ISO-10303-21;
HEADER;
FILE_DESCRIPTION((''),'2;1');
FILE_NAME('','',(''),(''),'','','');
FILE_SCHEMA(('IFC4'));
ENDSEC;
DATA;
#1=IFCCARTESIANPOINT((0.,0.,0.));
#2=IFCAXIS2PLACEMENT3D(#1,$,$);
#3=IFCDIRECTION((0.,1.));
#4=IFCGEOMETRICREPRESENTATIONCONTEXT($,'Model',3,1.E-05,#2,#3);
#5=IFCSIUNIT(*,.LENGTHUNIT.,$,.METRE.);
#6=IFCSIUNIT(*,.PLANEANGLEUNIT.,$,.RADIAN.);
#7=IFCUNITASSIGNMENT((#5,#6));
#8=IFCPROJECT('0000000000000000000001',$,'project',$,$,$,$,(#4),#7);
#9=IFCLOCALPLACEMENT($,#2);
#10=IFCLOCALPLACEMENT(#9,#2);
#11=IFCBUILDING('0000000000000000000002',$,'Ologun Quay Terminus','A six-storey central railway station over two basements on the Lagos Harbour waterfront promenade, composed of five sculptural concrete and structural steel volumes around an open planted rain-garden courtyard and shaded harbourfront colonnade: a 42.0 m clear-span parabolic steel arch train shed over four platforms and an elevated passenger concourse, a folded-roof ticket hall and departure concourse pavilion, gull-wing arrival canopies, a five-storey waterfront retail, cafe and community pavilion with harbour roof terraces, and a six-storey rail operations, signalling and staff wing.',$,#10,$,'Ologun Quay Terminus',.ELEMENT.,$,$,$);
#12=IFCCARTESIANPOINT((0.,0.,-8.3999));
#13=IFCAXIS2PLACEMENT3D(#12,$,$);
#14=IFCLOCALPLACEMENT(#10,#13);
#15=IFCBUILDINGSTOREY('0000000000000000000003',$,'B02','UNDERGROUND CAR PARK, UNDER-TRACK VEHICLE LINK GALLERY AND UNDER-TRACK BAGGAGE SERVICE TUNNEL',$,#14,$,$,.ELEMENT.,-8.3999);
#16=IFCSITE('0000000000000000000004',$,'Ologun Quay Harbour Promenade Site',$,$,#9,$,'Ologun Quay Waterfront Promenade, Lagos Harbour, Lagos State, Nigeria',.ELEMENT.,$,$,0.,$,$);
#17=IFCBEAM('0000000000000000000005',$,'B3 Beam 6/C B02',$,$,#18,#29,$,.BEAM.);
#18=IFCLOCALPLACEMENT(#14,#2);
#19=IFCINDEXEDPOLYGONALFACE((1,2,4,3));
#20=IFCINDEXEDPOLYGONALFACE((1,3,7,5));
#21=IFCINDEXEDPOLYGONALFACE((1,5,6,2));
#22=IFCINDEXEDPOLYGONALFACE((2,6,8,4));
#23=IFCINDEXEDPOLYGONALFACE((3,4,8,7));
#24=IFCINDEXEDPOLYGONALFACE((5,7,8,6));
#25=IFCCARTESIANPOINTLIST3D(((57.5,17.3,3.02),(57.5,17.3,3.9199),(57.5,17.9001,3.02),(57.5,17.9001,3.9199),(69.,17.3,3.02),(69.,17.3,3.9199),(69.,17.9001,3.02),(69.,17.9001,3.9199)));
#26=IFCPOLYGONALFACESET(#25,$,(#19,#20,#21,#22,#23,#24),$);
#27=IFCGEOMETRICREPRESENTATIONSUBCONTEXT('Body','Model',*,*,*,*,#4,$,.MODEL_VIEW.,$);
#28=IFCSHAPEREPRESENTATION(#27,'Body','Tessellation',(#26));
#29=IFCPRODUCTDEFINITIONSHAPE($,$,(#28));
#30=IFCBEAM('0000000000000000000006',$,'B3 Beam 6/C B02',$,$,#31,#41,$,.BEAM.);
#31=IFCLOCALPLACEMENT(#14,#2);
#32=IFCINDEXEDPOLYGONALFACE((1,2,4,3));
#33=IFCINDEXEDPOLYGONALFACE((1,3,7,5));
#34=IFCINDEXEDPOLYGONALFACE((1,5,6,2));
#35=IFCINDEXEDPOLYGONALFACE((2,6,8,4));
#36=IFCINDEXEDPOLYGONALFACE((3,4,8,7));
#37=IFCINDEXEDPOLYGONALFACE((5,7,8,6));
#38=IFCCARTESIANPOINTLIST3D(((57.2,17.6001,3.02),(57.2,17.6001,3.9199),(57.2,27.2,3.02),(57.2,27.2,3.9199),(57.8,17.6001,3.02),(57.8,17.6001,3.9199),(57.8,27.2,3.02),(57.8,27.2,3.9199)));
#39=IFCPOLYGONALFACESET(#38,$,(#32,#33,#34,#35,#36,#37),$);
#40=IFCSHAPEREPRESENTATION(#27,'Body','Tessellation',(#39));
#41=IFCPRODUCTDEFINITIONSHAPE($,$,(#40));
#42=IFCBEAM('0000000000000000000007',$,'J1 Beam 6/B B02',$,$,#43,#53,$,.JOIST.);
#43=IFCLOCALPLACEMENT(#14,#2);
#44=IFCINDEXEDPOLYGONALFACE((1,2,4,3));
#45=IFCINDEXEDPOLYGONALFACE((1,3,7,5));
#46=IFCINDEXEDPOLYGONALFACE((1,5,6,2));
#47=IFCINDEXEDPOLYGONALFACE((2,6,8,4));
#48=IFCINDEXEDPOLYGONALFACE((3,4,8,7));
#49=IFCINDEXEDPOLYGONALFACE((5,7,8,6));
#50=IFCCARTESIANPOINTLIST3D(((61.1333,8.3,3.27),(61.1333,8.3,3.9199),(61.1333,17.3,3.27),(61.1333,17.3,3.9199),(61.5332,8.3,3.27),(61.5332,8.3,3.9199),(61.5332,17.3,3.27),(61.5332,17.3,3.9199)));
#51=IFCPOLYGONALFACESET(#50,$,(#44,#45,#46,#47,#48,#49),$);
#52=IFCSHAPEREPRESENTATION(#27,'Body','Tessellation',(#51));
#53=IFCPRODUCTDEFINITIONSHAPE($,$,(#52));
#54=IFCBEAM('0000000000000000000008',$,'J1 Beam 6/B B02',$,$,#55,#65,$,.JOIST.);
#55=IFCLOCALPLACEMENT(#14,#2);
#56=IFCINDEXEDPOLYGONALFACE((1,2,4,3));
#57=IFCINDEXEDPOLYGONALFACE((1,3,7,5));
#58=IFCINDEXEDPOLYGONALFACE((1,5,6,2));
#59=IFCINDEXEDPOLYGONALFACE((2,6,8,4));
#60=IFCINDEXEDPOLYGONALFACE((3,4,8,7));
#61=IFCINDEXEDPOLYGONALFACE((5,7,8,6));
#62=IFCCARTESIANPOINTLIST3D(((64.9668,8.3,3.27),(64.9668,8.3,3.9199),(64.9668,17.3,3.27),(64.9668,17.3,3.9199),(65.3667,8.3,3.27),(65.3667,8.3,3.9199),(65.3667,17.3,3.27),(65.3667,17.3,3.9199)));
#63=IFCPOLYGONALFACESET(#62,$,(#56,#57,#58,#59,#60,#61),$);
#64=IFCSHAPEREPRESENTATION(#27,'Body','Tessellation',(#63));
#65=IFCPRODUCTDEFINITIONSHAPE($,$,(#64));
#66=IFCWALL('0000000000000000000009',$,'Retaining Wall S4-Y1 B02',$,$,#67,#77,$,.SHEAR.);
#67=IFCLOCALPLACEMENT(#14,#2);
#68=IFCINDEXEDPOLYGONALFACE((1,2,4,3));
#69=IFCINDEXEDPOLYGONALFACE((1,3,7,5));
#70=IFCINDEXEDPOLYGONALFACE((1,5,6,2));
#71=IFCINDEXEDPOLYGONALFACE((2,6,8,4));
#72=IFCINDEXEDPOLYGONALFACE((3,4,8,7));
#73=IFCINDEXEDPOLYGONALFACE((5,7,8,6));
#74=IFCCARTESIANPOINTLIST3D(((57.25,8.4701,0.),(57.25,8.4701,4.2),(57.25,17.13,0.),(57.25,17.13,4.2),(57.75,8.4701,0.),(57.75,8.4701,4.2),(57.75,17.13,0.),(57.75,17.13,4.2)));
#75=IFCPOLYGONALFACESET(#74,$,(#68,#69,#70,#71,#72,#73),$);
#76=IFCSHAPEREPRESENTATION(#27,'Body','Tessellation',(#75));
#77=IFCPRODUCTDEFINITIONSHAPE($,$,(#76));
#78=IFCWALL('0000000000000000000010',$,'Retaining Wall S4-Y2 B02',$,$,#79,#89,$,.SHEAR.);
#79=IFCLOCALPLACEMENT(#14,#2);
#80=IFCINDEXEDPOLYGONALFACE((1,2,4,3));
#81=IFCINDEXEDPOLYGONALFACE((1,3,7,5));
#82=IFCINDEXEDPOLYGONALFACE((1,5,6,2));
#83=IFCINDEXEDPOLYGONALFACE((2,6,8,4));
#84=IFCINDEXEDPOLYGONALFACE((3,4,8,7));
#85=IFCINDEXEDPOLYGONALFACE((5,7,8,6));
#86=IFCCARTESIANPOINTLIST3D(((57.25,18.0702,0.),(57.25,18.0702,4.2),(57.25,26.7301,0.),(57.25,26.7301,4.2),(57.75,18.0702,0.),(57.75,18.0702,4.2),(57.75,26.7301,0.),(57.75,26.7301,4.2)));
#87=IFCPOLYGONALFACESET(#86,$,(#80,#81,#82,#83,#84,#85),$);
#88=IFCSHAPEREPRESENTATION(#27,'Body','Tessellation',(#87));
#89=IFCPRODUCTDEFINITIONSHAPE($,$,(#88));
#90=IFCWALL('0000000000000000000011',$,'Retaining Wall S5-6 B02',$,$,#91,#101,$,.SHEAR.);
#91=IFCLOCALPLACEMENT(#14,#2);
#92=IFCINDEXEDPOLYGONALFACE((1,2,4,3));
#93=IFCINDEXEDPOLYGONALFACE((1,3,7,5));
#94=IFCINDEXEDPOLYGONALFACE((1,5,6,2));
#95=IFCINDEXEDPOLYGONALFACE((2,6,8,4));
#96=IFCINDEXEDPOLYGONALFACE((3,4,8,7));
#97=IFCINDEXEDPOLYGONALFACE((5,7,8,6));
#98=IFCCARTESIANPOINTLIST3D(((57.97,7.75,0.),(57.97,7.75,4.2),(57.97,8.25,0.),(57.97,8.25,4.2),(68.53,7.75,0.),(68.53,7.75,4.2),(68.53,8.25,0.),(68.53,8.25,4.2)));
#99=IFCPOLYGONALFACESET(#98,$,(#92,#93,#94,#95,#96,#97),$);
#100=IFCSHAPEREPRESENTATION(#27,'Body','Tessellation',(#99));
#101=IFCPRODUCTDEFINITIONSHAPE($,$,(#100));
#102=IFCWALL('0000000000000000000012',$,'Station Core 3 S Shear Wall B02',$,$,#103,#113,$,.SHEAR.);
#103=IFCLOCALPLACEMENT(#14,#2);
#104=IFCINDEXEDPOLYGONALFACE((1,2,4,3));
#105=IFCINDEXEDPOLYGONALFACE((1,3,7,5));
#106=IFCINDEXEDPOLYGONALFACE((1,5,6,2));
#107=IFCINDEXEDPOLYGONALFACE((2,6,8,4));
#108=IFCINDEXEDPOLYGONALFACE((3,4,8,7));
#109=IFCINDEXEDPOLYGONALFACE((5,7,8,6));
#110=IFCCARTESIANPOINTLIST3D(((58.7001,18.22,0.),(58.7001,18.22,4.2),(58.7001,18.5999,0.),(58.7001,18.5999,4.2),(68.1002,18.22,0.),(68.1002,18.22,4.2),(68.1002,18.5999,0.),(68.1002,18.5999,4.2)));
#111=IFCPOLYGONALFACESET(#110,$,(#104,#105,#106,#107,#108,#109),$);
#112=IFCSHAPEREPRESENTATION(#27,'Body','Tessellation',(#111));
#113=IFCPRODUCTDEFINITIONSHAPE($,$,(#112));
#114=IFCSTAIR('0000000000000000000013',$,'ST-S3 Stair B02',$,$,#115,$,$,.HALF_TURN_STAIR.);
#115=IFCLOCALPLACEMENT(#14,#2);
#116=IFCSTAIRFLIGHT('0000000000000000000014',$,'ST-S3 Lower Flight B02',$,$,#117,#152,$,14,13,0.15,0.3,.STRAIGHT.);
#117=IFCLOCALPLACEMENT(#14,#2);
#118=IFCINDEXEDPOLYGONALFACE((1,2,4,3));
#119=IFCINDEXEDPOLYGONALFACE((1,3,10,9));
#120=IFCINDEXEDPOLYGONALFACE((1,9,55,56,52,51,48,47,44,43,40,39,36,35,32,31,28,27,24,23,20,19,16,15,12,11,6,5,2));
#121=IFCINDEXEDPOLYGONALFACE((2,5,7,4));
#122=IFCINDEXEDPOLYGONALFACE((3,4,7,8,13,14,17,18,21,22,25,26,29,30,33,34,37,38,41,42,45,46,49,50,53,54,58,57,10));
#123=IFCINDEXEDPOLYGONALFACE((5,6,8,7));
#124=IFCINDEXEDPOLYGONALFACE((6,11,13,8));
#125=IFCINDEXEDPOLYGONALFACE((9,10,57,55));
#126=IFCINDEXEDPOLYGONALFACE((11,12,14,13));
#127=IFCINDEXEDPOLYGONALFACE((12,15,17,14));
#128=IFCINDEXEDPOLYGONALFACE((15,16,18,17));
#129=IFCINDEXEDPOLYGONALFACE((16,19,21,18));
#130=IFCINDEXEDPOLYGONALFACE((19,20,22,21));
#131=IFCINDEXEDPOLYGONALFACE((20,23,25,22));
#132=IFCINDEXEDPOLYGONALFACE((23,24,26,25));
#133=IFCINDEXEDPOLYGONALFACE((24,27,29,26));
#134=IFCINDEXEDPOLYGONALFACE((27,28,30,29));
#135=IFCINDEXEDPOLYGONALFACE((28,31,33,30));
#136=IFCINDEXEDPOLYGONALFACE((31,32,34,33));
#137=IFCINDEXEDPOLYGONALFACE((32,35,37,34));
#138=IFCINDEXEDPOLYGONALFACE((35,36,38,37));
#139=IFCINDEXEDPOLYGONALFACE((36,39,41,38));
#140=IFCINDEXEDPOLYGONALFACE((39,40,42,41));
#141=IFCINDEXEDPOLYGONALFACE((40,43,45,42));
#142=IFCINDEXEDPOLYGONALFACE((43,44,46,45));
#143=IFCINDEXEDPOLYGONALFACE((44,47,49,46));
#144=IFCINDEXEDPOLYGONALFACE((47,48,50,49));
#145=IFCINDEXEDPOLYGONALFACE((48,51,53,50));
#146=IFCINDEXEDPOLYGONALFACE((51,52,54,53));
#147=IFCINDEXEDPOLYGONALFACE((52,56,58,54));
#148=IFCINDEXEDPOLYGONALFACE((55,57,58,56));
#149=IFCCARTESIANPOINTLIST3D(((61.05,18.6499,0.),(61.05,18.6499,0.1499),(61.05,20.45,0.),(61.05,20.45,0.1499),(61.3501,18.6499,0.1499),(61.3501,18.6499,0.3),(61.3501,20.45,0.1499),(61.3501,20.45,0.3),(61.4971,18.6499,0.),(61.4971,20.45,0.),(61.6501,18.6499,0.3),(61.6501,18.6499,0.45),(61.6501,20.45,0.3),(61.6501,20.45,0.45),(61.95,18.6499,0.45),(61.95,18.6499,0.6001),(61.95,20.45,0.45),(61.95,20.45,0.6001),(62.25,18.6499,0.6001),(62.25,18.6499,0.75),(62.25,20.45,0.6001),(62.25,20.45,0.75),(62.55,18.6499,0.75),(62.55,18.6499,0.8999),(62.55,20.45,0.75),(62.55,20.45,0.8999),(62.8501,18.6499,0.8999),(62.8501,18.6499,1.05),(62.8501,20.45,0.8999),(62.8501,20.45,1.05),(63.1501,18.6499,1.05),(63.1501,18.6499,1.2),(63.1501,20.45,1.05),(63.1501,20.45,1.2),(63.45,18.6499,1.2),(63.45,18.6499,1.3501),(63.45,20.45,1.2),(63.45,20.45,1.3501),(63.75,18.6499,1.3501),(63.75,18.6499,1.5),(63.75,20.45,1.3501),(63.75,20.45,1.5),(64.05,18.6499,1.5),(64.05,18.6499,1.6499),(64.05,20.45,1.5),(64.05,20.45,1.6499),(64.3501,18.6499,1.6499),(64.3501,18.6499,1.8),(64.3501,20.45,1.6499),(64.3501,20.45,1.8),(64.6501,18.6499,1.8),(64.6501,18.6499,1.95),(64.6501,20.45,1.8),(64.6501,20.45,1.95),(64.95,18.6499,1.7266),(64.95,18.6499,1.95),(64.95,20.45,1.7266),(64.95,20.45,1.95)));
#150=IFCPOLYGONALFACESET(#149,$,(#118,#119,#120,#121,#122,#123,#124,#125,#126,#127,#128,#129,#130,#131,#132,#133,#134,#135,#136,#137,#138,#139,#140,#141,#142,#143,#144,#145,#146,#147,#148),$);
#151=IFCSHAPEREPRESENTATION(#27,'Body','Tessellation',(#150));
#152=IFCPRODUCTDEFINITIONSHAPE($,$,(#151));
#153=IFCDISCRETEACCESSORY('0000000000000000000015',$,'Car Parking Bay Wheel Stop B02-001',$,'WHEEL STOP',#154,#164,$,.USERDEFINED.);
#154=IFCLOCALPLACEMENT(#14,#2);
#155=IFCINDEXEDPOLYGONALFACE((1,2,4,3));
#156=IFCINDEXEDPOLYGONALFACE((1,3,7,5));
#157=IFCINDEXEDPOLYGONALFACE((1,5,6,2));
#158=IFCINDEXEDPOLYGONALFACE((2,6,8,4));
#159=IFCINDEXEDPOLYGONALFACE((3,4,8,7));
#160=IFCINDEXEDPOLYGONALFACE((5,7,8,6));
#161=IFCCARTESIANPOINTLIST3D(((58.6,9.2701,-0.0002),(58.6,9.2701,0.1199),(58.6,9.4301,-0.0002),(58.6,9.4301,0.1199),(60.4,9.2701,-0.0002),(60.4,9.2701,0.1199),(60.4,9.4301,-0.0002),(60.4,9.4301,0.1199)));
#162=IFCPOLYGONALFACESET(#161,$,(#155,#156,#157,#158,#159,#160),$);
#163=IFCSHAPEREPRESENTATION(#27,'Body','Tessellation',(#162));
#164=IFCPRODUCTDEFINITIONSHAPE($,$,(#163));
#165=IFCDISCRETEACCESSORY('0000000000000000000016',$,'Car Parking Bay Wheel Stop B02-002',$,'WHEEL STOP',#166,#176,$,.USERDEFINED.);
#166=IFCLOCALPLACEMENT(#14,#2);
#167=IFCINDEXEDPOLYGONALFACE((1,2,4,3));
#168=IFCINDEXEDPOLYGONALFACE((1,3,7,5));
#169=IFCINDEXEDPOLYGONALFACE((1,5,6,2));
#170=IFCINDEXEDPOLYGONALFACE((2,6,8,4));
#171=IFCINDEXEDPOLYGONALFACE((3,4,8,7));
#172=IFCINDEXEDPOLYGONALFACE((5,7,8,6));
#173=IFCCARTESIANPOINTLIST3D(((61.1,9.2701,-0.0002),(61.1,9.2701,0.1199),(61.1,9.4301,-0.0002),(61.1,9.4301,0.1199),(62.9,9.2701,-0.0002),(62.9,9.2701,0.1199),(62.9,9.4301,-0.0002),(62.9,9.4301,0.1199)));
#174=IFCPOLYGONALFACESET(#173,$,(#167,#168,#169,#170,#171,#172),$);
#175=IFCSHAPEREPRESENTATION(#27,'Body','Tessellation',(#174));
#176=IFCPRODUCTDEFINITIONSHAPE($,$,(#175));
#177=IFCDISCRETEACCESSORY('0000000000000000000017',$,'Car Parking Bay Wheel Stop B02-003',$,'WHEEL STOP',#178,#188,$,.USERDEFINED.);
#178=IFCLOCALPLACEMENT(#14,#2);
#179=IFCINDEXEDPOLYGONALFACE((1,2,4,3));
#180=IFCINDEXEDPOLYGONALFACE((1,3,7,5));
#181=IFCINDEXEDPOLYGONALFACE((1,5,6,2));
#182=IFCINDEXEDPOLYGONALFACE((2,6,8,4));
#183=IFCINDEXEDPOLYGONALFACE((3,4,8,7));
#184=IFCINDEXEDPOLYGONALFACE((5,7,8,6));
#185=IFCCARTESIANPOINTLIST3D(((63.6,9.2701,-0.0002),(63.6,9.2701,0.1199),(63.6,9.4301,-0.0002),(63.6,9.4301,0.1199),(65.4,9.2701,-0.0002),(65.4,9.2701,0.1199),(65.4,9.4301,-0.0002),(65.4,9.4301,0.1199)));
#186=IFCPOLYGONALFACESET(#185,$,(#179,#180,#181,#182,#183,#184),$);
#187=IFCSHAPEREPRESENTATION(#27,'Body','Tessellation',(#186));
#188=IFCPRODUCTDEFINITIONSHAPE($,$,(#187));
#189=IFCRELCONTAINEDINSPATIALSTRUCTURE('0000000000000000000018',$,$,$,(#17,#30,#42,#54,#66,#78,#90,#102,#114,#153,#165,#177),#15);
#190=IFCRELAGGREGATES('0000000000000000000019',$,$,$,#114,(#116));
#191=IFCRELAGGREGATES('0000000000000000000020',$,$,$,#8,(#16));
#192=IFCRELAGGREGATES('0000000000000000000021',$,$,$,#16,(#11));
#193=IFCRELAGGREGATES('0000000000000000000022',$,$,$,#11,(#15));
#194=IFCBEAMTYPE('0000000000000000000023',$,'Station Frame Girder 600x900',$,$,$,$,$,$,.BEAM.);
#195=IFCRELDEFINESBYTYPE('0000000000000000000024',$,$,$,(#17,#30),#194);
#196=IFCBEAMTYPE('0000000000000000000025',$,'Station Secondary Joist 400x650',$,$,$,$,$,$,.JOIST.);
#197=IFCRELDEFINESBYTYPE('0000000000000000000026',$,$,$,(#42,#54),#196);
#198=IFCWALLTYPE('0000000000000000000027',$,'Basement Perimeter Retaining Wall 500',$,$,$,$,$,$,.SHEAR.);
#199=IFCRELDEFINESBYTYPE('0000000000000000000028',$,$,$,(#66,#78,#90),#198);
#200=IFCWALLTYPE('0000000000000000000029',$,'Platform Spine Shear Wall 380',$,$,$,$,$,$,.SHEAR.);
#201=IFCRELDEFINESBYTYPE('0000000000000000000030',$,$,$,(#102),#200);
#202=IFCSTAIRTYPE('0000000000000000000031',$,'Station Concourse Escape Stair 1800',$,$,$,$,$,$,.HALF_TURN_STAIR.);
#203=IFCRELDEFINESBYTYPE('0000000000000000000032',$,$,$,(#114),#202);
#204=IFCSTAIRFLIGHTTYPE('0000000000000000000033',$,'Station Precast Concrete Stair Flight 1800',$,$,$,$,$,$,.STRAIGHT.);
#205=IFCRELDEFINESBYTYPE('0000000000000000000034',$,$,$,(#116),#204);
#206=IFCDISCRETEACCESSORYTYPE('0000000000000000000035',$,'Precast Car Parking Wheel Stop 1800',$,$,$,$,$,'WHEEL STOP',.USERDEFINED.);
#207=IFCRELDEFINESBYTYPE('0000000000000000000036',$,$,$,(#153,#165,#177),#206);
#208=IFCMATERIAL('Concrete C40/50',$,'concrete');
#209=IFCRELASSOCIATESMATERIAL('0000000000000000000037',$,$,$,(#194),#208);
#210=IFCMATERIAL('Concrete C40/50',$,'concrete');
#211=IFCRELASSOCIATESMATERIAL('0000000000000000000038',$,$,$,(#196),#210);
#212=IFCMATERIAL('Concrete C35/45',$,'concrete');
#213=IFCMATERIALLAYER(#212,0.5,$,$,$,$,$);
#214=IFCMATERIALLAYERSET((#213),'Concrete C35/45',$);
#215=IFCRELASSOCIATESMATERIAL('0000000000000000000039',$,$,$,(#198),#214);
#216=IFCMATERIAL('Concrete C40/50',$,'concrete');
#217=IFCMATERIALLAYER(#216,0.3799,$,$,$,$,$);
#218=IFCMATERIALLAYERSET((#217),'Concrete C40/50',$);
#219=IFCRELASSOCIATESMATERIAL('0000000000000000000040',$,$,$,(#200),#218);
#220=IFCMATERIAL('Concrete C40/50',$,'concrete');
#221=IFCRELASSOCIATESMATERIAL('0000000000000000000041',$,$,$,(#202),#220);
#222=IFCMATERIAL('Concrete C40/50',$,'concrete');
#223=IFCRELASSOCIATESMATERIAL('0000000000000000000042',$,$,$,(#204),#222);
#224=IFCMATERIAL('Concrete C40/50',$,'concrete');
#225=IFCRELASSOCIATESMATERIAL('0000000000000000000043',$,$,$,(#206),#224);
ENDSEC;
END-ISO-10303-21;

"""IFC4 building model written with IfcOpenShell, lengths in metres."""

from ifc_helpers import new_model, si_unit, direction, frame, frame_2d, origin, origin_2d, place, context, subcontext, project, spatial, polyline, rectangle, outline, extrude, material, layer, layer_set, material_profile, profile_set, type_object, element, aggregate, save


model = new_model("IFC4")

# Units and contexts
model_context = context("Model", 3, precision=1e-05, world=origin(), true_north=direction((0.0, 1.0)))
body_context = subcontext(model_context, "Body", "Model", "MODEL_VIEW")
ifc_project = project(units=[si_unit("LENGTHUNIT", "METRE"), si_unit("PLANEANGLEUNIT", "RADIAN")], contexts=[model_context])

# Site, building, storey
site_placement = place(None, origin())
site = spatial("IfcSite", under=ifc_project, at=site_placement, Name="Ologun Quay Harbour Promenade Site", LongName="Ologun Quay Waterfront Promenade, Lagos Harbour, Lagos State, Nigeria", CompositionType="ELEMENT", RefElevation=0.0)
building_placement = place(site_placement, origin())
building = spatial("IfcBuilding", under=site, at=building_placement, Name="Ologun Quay Terminus", Description="A six-storey central railway station over two basements on the Lagos Harbour waterfront promenade, composed of five sculptural concrete and structural steel volumes around an open planted rain-garden courtyard and shaded harbourfront colonnade: a 42.0 m clear-span parabolic steel arch train shed over four platforms and an elevated passenger concourse, a folded-roof ticket hall and departure concourse pavilion, gull-wing arrival canopies, a five-storey waterfront retail, cafe and community pavilion with harbour roof terraces, and a six-storey rail operations, signalling and staff wing.", LongName="Ologun Quay Terminus", CompositionType="ELEMENT")
storey_placement = place(building_placement, frame((0.0, 0.0, -8.3999)))
storey = spatial("IfcBuildingStorey", under=building, at=storey_placement, Name="B02", Description="UNDERGROUND CAR PARK, UNDER-TRACK VEHICLE LINK GALLERY AND UNDER-TRACK BAGGAGE SERVICE TUNNEL", CompositionType="ELEMENT", Elevation=-8.3999)

# Beams
ifc_material_1 = material(Name="Concrete C40/50", Category="concrete")
ifc_material_profile_1 = material_profile(ifc_material_1, rectangle(XDim=0.6001, YDim=0.8999, at=origin_2d()), Name="RC 600x900")
ifc_profile_set_1 = profile_set([ifc_material_profile_1], Name="Concrete C40/50")
beam_type_1 = type_object("IfcBeamType", Name="Station Frame Girder 600x900", PredefinedType="BEAM", material=ifc_profile_set_1)
beam_1_placement = place(storey_placement, frame((57.5, 17.6001, 3.47), z_axis=(1.0, 0.0, 0.0), x_axis=(0.0, 1.0, 0.0)))
element("IfcBeam", 1, at=beam_1_placement, inside=storey, type_object=beam_type_1, Name="B3 Beam 6/C B02", PredefinedType="BEAM", context=body_context, shape_type="SweptSolid", body=[
    extrude(rectangle(XDim=0.6001, YDim=0.8999, at=origin_2d()), origin(), (0.0, 0.0, 1.0), 11.5),
])
beam_2_placement = place(storey_placement, frame((57.5, 17.6001, 3.47), z_axis=(0.0, 1.0, 0.0), x_axis=(-1.0, 0.0, 0.0)))
element("IfcBeam", 2, at=beam_2_placement, inside=storey, type_object=beam_type_1, Name="B3 Beam 6/C B02", PredefinedType="BEAM", context=body_context, shape_type="SweptSolid", body=[
    extrude(rectangle(XDim=0.6001, YDim=0.8999, at=origin_2d()), origin(), (0.0, 0.0, 1.0), 9.5999),
])
ifc_material_2 = material(Name="Concrete C40/50", Category="concrete")
ifc_material_profile_2 = material_profile(ifc_material_2, rectangle(XDim=0.3999, YDim=0.6499, at=origin_2d()), Name="RC 400x650")
ifc_profile_set_2 = profile_set([ifc_material_profile_2], Name="Concrete C40/50")
beam_type_2 = type_object("IfcBeamType", Name="Station Secondary Joist 400x650", PredefinedType="JOIST", material=ifc_profile_set_2)
for number, where, z_axis, x_axis, name in (
    (3, (61.3333, 8.3, 3.595), (0.0, 1.0, 0.0), (-1.0, 0.0, 0.0), "J1 Beam 6/B B02"),
    (4, (65.1667, 8.3, 3.595), (0.0, 1.0, 0.0), (-1.0, 0.0, 0.0), "J1 Beam 6/B B02"),
):
    element("IfcBeam", number, at=place(storey_placement, frame(where, z_axis=z_axis, x_axis=x_axis)), inside=storey, type_object=beam_type_2, Name=name, PredefinedType="JOIST", context=body_context, shape_type="SweptSolid", body=[
        extrude(rectangle(XDim=0.3999, YDim=0.6499, at=origin_2d()), origin(), (0.0, 0.0, 1.0), 9.0),
    ])

# Walls
ifc_material_3 = material(Name="Concrete C35/45", Category="concrete")
ifc_layer_1 = layer(ifc_material_3, 0.5)
ifc_layer_set_1 = layer_set([ifc_layer_1], Name="Concrete C35/45")
wall_type_1 = type_object("IfcWallType", Name="Basement Perimeter Retaining Wall 500", PredefinedType="SHEAR", material=ifc_layer_set_1)
for number, where, z_axis, x_axis, name in (
    (5, (57.5, 8.47, 0.0), (0.0, 0.0, 1.0), (0.0, 1.0, 0.0), "Retaining Wall S4-Y1 B02"),
    (6, (57.5, 18.0701, 0.0), (0.0, 0.0, 1.0), (0.0, 1.0, 0.0), "Retaining Wall S4-Y2 B02"),
):
    element("IfcWall", number, at=place(storey_placement, frame(where, z_axis=z_axis, x_axis=x_axis)), inside=storey, type_object=wall_type_1, Name=name, PredefinedType="SHEAR", context=body_context, shape_type="SweptSolid", body=[
        extrude(rectangle(XDim=8.6599, YDim=0.5, at=frame_2d((4.3301, 0.0))), origin(), (0.0, 0.0, 1.0), 4.2),
    ])
wall_1_placement = place(storey_placement, frame((57.97, 8.0, 0.0), z_axis=(0.0, 0.0, 1.0), x_axis=(1.0, 0.0, 0.0)))
element("IfcWall", 7, at=wall_1_placement, inside=storey, type_object=wall_type_1, Name="Retaining Wall S5-6 B02", PredefinedType="SHEAR", context=body_context, shape_type="SweptSolid", body=[
    extrude(rectangle(XDim=10.5601, YDim=0.5, at=frame_2d((5.28, 0.0))), origin(), (0.0, 0.0, 1.0), 4.2),
])

# Wall
ifc_material_4 = material(Name="Concrete C40/50", Category="concrete")
ifc_layer_2 = layer(ifc_material_4, 0.3799)
ifc_layer_set_2 = layer_set([ifc_layer_2], Name="Concrete C40/50")
wall_type_2 = type_object("IfcWallType", Name="Platform Spine Shear Wall 380", PredefinedType="SHEAR", material=ifc_layer_set_2)
wall_2_placement = place(storey_placement, frame((58.7, 18.4099, 0.0), z_axis=(0.0, 0.0, 1.0), x_axis=(1.0, 0.0, 0.0)))
element("IfcWall", 8, at=wall_2_placement, inside=storey, type_object=wall_type_2, Name="Station Core 3 S Shear Wall B02", PredefinedType="SHEAR", context=body_context, shape_type="SweptSolid", body=[
    extrude(rectangle(XDim=9.4001, YDim=0.3799, at=frame_2d((4.7002, 0.0))), origin(), (0.0, 0.0, 1.0), 4.2),
])

# Stair, stair flight
ifc_material_5 = material(Name="Concrete C40/50", Category="concrete")
stair_type = type_object("IfcStairType", Name="Station Concourse Escape Stair 1800", PredefinedType="HALF_TURN_STAIR", material=ifc_material_5)
stair_placement = place(storey_placement, origin())
stair = element("IfcStair", 9, at=stair_placement, inside=storey, type_object=stair_type, Name="ST-S3 Stair B02", PredefinedType="HALF_TURN_STAIR")
ifc_material_6 = material(Name="Concrete C40/50", Category="concrete")
stair_flight_type = type_object("IfcStairFlightType", Name="Station Precast Concrete Stair Flight 1800", PredefinedType="STRAIGHT", material=ifc_material_6)
stair_flight_placement = place(storey_placement, frame((61.05, 19.55, 0.0), z_axis=(0.0, 0.0, 1.0), x_axis=(1.0, 0.0, 0.0)))
stair_flight = element("IfcStairFlight", 10, at=stair_flight_placement, type_object=stair_flight_type, Name="ST-S3 Lower Flight B02", NumberOfRisers=14, NumberOfTreads=13, PredefinedType="STRAIGHT", RiserHeight=0.15, TreadLength=0.3, context=body_context, shape_type="SweptSolid", body=[
    extrude(outline(polyline([(0.0, 0.0), (0.0, 0.1499), (0.3, 0.1499), (0.3, 0.3), (0.6001, 0.3), (0.6001, 0.45), (0.8999, 0.45), (0.8999, 0.6001), (1.2, 0.6001), (1.2, 0.75), (1.5, 0.75), (1.5, 0.8999), (1.8, 0.8999), (1.8, 1.05), (2.1001, 1.05), (2.1001, 1.2), (2.3999, 1.2), (2.3999, 1.3501), (2.7, 1.3501), (2.7, 1.5), (3.0, 1.5), (3.0, 1.6499), (3.3, 1.6499), (3.3, 1.8), (3.6001, 1.8), (3.6001, 1.95), (3.8999, 1.95), (3.8999, 2.1001), (3.8999, 1.7266), (0.447, 0.0), (0.0, 0.0)])), frame((0.0, 0.8999, 0.0), z_axis=(0.0, -1.0, 0.0), x_axis=(1.0, 0.0, 0.0)), (0.0, 0.0, 1.0), 1.8),
])
aggregate(stair, [stair_flight])

# Discrete accessories
ifc_material_7 = material(Name="Concrete C40/50", Category="concrete")
discrete_accessory_type = type_object("IfcDiscreteAccessoryType", Name="Precast Car Parking Wheel Stop 1800", ElementType="WHEEL STOP", PredefinedType="USERDEFINED", material=ifc_material_7)
for number, where, z_axis, x_axis, name in (
    (11, (59.5, 9.3501, -0.0002), (0.0, 0.0, 1.0), (1.0, 0.0, 0.0), "Car Parking Bay Wheel Stop B02-001"),
    (12, (62.0, 9.3501, -0.0002), (0.0, 0.0, 1.0), (1.0, 0.0, 0.0), "Car Parking Bay Wheel Stop B02-002"),
    (13, (64.5, 9.3501, -0.0002), (0.0, 0.0, 1.0), (1.0, 0.0, 0.0), "Car Parking Bay Wheel Stop B02-003"),
):
    element("IfcDiscreteAccessory", number, at=place(storey_placement, frame(where, z_axis=z_axis, x_axis=x_axis)), inside=storey, type_object=discrete_accessory_type, Name=name, ObjectType="WHEEL STOP", PredefinedType="USERDEFINED", context=body_context, shape_type="SweptSolid", body=[
        extrude(rectangle(XDim=1.8, YDim=0.1599, at=origin_2d()), origin(), (0.0, 0.0, 1.0), 0.1201),
    ])

save(model, "model.ifc")
